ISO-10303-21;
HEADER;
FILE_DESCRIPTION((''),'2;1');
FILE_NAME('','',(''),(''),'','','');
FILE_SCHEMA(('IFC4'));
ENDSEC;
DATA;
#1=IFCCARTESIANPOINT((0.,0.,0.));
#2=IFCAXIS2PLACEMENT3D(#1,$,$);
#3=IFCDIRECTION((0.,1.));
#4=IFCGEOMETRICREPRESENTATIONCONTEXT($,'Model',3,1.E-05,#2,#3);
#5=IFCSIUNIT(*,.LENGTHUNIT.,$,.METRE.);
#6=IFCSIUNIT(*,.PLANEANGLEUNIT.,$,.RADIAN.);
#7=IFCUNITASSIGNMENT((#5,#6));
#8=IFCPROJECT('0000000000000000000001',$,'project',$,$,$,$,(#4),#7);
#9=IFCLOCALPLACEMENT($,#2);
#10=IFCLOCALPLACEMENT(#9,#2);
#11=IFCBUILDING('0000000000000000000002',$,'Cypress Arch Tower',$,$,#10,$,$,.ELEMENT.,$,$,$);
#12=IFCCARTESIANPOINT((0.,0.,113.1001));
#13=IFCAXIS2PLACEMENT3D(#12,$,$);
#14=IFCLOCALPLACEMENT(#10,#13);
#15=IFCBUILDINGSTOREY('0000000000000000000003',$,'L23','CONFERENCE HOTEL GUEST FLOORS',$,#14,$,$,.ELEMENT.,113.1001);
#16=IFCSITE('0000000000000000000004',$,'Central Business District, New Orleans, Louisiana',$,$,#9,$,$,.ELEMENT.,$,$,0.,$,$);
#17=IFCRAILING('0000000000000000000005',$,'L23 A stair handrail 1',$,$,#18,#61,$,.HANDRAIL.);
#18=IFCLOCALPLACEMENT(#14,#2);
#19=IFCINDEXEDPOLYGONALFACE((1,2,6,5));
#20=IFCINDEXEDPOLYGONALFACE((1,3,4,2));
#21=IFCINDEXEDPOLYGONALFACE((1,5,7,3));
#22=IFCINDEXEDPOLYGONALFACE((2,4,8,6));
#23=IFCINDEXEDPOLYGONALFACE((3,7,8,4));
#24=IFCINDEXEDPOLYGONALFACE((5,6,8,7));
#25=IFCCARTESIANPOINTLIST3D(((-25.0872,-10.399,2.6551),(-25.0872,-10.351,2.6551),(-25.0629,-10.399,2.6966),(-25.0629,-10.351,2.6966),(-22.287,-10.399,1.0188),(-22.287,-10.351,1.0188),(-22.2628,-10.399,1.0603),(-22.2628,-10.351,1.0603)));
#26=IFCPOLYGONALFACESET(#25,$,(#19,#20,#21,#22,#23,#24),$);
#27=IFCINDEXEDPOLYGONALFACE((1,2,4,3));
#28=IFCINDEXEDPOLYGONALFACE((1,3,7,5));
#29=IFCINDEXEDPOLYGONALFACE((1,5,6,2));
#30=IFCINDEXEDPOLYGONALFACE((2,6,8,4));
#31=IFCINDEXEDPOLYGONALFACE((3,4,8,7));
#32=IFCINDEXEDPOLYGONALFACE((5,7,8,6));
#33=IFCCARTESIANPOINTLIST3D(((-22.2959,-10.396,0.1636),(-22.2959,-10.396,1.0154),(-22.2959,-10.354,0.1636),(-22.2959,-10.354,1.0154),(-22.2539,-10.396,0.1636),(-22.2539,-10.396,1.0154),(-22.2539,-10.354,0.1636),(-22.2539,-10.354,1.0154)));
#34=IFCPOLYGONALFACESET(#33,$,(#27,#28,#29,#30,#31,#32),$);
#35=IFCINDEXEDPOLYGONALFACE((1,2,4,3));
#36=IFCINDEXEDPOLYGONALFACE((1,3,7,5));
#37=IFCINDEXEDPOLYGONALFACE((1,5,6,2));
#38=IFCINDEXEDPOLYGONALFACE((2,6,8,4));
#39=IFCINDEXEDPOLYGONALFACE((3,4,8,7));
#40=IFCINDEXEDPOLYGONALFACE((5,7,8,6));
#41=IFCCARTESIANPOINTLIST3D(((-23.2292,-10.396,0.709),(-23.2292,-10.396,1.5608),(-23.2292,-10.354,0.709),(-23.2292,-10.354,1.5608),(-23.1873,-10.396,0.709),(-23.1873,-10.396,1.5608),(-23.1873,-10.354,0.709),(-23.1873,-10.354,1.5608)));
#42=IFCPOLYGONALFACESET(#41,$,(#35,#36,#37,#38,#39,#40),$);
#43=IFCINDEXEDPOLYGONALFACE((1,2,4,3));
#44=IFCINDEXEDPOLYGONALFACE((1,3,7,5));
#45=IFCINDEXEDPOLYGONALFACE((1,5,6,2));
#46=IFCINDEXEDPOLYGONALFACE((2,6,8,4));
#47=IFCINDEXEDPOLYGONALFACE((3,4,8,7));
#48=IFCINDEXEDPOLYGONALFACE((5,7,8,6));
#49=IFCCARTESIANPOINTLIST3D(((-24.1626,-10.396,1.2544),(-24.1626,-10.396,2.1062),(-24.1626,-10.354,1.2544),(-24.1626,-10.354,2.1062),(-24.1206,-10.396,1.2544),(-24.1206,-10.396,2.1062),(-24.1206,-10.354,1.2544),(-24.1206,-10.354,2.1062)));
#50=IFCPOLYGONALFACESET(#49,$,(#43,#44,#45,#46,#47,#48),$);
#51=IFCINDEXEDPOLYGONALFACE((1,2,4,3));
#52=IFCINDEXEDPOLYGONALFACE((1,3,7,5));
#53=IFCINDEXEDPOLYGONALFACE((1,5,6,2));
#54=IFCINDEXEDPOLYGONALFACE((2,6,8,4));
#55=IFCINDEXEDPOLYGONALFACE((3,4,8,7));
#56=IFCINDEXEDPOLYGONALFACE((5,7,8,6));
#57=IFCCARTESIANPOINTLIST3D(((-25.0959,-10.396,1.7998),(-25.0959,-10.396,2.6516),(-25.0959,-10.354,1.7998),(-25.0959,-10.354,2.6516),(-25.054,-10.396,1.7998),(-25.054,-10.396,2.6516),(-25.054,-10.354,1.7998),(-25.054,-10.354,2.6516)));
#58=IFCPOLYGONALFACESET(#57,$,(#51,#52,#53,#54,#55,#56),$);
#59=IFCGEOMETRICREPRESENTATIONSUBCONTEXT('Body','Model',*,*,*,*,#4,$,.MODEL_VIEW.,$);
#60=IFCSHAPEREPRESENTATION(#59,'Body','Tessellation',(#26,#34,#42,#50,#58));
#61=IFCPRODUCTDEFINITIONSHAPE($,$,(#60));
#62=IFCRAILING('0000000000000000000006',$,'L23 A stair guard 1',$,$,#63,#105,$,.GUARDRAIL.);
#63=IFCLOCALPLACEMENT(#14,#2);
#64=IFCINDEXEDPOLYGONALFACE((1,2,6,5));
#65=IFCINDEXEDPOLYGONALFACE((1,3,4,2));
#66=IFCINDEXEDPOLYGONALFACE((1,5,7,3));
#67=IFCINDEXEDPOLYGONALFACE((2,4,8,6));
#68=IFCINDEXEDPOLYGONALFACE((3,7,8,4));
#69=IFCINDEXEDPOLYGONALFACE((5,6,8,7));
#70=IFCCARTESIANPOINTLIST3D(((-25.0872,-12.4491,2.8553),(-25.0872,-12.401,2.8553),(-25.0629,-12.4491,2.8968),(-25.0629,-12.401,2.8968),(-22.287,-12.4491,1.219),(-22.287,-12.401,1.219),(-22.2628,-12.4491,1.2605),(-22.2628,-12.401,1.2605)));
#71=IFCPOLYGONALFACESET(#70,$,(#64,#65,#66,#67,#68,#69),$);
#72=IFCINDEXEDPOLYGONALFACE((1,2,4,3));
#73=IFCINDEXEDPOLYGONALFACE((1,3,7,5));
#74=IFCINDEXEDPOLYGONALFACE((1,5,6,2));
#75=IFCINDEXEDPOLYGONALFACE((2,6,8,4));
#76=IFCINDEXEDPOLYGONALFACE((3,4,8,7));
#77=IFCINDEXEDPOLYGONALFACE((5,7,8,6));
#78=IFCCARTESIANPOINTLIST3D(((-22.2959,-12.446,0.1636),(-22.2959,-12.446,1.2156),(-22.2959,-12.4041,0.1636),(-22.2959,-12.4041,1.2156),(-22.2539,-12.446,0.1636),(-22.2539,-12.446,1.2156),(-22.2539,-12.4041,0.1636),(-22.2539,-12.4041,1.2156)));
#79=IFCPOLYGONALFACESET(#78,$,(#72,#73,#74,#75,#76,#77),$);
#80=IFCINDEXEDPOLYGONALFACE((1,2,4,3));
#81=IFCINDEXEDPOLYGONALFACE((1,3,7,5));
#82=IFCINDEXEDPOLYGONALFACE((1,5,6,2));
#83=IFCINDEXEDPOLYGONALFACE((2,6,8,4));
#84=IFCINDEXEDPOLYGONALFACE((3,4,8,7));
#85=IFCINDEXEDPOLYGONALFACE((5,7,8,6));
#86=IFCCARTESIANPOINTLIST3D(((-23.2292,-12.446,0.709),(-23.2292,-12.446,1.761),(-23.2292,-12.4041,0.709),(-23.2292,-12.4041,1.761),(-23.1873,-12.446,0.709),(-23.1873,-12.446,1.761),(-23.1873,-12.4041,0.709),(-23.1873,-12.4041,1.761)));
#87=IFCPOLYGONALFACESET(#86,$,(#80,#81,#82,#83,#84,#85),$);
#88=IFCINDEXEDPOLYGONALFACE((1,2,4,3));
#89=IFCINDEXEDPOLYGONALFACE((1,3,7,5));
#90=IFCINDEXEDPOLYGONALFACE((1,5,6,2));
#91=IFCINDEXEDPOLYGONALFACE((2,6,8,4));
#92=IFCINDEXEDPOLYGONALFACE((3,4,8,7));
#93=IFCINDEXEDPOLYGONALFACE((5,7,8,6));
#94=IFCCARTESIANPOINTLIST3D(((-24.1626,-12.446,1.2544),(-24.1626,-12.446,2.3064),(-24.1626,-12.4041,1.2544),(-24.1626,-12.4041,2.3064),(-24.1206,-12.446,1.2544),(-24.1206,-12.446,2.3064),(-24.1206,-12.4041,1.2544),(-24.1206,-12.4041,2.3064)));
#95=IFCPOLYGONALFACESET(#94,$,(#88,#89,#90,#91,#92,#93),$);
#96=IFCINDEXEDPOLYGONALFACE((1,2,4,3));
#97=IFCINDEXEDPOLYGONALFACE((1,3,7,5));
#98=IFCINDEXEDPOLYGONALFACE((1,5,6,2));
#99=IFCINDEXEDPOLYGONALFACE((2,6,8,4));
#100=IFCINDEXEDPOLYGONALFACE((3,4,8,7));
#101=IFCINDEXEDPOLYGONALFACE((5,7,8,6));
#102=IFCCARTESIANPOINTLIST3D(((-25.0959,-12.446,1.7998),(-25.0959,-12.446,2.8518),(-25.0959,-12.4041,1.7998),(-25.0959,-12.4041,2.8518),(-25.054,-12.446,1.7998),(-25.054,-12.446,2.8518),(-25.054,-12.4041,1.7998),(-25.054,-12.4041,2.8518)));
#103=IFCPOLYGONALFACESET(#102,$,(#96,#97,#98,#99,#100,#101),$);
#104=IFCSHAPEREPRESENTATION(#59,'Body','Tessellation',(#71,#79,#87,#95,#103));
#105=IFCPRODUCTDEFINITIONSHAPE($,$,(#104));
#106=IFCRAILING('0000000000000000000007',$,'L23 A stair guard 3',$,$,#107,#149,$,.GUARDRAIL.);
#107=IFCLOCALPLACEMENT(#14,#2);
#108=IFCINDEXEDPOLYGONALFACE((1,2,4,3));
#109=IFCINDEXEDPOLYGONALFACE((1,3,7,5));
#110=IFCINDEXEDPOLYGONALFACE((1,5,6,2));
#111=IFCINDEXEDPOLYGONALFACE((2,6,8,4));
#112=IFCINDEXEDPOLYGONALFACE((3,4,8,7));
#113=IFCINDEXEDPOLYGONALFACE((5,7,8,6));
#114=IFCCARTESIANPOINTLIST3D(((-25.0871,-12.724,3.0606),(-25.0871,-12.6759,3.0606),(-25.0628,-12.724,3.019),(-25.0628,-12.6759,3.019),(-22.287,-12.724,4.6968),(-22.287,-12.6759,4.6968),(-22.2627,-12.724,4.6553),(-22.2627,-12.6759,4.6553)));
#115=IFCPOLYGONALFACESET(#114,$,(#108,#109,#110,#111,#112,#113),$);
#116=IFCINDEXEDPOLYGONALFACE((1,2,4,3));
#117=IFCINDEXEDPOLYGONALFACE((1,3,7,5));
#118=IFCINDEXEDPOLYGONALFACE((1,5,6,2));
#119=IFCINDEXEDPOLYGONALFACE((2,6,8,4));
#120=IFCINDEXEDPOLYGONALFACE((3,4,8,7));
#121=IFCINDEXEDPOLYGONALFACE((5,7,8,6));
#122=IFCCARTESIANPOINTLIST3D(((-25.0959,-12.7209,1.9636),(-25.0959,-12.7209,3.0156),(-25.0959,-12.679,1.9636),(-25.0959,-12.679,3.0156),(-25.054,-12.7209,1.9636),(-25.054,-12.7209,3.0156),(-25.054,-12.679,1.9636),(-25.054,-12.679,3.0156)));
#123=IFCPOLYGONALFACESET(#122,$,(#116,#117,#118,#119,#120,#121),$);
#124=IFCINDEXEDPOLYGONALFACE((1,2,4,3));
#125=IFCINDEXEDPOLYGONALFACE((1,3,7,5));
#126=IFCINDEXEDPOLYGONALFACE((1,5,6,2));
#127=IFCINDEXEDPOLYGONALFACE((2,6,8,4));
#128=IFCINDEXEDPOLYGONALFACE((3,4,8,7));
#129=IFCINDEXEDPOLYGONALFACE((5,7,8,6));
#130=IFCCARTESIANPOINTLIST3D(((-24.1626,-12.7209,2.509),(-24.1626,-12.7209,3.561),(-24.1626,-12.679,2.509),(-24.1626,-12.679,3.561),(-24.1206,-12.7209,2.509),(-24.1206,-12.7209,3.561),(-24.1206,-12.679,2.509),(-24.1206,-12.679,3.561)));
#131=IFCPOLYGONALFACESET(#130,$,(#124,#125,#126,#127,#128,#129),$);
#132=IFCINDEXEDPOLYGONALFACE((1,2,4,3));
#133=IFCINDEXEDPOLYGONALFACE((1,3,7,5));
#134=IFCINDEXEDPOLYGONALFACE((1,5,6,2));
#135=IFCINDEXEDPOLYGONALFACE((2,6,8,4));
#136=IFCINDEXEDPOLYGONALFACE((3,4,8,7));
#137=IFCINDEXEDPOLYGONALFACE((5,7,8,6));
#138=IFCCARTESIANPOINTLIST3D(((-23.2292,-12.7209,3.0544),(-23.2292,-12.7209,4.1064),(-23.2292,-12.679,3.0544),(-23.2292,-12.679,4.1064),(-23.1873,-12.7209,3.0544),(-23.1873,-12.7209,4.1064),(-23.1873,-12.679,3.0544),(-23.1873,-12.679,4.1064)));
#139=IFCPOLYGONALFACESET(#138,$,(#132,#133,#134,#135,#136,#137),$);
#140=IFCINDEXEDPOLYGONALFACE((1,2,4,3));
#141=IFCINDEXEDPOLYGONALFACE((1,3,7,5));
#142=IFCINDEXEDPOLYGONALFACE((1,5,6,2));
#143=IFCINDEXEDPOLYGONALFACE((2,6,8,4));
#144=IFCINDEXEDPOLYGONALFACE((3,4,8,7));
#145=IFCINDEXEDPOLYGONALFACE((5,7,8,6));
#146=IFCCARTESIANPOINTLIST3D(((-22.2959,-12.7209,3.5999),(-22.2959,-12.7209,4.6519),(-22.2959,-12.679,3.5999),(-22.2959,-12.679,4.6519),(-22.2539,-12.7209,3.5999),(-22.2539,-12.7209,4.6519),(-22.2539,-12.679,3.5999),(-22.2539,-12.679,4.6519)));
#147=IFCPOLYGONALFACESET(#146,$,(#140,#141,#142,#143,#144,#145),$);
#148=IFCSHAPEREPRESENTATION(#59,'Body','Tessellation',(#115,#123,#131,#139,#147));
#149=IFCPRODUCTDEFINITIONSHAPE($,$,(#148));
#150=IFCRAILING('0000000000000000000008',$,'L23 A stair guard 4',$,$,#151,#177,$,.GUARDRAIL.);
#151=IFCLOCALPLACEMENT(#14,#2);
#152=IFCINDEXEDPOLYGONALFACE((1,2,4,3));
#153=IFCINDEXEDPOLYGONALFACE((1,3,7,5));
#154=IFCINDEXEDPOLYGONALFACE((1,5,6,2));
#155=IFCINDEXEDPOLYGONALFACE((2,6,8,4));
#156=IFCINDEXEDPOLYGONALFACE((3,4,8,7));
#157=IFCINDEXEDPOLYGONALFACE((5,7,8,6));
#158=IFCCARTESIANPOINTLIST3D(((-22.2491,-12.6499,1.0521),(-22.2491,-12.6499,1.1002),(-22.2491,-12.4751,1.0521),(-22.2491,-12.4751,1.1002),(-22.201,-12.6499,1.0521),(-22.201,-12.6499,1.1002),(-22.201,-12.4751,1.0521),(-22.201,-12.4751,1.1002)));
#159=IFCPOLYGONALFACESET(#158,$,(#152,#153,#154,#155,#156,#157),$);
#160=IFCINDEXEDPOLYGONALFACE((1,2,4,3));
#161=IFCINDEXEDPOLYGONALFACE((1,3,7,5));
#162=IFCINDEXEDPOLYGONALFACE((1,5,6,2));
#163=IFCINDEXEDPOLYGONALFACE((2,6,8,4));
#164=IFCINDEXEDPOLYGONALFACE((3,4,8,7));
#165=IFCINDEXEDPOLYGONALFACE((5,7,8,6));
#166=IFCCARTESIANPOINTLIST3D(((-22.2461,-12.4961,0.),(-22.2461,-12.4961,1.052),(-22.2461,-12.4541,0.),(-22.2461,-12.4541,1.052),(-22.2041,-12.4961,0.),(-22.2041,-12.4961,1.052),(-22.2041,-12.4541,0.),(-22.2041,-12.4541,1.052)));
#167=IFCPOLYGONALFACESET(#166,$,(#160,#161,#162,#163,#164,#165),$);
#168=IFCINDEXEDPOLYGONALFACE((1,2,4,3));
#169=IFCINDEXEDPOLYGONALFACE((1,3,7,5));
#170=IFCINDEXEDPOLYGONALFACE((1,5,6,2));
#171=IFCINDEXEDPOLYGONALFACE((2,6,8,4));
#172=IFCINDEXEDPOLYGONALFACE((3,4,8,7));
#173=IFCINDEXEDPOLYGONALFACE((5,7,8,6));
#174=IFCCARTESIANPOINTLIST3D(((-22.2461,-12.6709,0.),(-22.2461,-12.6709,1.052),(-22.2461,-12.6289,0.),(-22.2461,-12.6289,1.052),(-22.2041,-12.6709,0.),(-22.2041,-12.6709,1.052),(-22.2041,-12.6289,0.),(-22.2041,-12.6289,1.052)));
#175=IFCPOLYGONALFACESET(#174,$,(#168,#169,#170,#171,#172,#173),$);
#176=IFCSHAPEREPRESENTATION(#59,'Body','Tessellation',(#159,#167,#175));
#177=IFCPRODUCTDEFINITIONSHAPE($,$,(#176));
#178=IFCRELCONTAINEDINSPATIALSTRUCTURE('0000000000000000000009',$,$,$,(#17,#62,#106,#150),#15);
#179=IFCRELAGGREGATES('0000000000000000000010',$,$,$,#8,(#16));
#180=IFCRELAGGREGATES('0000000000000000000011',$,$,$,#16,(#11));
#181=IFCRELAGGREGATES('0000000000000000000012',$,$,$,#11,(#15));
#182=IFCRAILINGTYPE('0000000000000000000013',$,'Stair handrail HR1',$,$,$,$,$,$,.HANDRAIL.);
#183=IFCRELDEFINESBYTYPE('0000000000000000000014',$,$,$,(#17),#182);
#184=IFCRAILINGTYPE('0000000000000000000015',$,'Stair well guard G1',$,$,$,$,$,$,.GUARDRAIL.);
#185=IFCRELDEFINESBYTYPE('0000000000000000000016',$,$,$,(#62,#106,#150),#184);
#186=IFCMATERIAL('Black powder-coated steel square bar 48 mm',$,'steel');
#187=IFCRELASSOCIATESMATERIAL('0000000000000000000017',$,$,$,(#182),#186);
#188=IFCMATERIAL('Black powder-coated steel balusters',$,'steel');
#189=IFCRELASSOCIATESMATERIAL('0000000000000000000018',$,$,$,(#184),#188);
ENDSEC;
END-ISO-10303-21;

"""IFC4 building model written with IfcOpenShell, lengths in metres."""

from ifc_helpers import new_model, si_unit, direction, frame, origin, origin_2d, place, context, subcontext, project, spatial, rectangle, extrude, material, type_object, element, save


model = new_model("IFC4")

# Units and contexts
model_context = context("Model", 3, precision=1e-05, world=origin(), true_north=direction((0.0, 1.0)))
body_context = subcontext(model_context, "Body", "Model", "MODEL_VIEW")
ifc_project = project(units=[si_unit("LENGTHUNIT", "METRE"), si_unit("PLANEANGLEUNIT", "RADIAN")], contexts=[model_context])

# Site, building, storey
site_placement = place(None, origin())
site = spatial("IfcSite", under=ifc_project, at=site_placement, Name="Central Business District, New Orleans, Louisiana", CompositionType="ELEMENT", RefElevation=0.0)
building_placement = place(site_placement, origin())
building = spatial("IfcBuilding", under=site, at=building_placement, Name="Cypress Arch Tower", CompositionType="ELEMENT")
storey_placement = place(building_placement, frame((0.0, 0.0, 113.1001)))
storey = spatial("IfcBuildingStorey", under=building, at=storey_placement, Name="L23", Description="CONFERENCE HOTEL GUEST FLOORS", CompositionType="ELEMENT", Elevation=113.1001)

# Railings
ifc_material_1 = material(Name="Black powder-coated steel square bar 48 mm", Category="steel")
railing_type_1 = type_object("IfcRailingType", Name="Stair handrail HR1", PredefinedType="HANDRAIL", material=ifc_material_1)
railing_1_placement = place(storey_placement, frame((-22.2749, -10.375, 0.1636)))
element("IfcRailing", 1, at=railing_1_placement, inside=storey, type_object=railing_type_1, Name="L23 A stair handrail 1", PredefinedType="HANDRAIL", context=body_context, shape_type="SweptSolid", body=[
    extrude(rectangle(XDim=0.0481, YDim=0.0481, at=origin_2d()), frame((0.0, 0.0, 0.876), z_axis=(-0.863394, 0.0, 0.504531), x_axis=(0.0, -1.0, 0.0)), (0.0, 0.0, 1.0), 3.2432),
    extrude(rectangle(XDim=0.042, YDim=0.042, at=origin_2d()), origin(), (0.0, 0.0, 1.0), 0.8518),
    extrude(rectangle(XDim=0.042, YDim=0.042, at=origin_2d()), frame((-0.9333, 0.0, 0.5454)), (0.0, 0.0, 1.0), 0.8518),
    extrude(rectangle(XDim=0.042, YDim=0.042, at=origin_2d()), frame((-1.8667, 0.0, 1.0908)), (0.0, 0.0, 1.0), 0.8518),
    extrude(rectangle(XDim=0.042, YDim=0.042, at=origin_2d()), frame((-2.8, 0.0, 1.6362)), (0.0, 0.0, 1.0), 0.8518),
])
ifc_material_2 = material(Name="Black powder-coated steel balusters", Category="steel")
railing_type_2 = type_object("IfcRailingType", Name="Stair well guard G1", PredefinedType="GUARDRAIL", material=ifc_material_2)
railing_2_placement = place(storey_placement, frame((-22.2749, -12.425, 0.1636)))
element("IfcRailing", 2, at=railing_2_placement, inside=storey, type_object=railing_type_2, Name="L23 A stair guard 1", PredefinedType="GUARDRAIL", context=body_context, shape_type="SweptSolid", body=[
    extrude(rectangle(XDim=0.0481, YDim=0.0481, at=origin_2d()), frame((0.0, 0.0, 1.0762), z_axis=(-0.863394, 0.0, 0.504531), x_axis=(0.0, -1.0, 0.0)), (0.0, 0.0, 1.0), 3.2432),
    extrude(rectangle(XDim=0.042, YDim=0.042, at=origin_2d()), origin(), (0.0, 0.0, 1.0), 1.052),
    extrude(rectangle(XDim=0.042, YDim=0.042, at=origin_2d()), frame((-0.9333, 0.0, 0.5454)), (0.0, 0.0, 1.0), 1.052),
    extrude(rectangle(XDim=0.042, YDim=0.042, at=origin_2d()), frame((-1.8667, 0.0, 1.0908)), (0.0, 0.0, 1.0), 1.052),
    extrude(rectangle(XDim=0.042, YDim=0.042, at=origin_2d()), frame((-2.8, 0.0, 1.6362)), (0.0, 0.0, 1.0), 1.052),
])
railing_3_placement = place(storey_placement, frame((-25.075, -12.7, 1.9636)))
element("IfcRailing", 3, at=railing_3_placement, inside=storey, type_object=railing_type_2, Name="L23 A stair guard 3", PredefinedType="GUARDRAIL", context=body_context, shape_type="SweptSolid", body=[
    extrude(rectangle(XDim=0.0481, YDim=0.0481, at=origin_2d()), frame((0.0, 0.0, 1.0762), z_axis=(0.863394, 0.0, 0.504531), x_axis=(0.0, 1.0, 0.0)), (0.0, 0.0, 1.0), 3.2432),
    extrude(rectangle(XDim=0.042, YDim=0.042, at=origin_2d()), origin(), (0.0, 0.0, 1.0), 1.052),
    extrude(rectangle(XDim=0.042, YDim=0.042, at=origin_2d()), frame((0.9333, 0.0, 0.5454)), (0.0, 0.0, 1.0), 1.052),
    extrude(rectangle(XDim=0.042, YDim=0.042, at=origin_2d()), frame((1.8667, 0.0, 1.0908)), (0.0, 0.0, 1.0), 1.052),
    extrude(rectangle(XDim=0.042, YDim=0.042, at=origin_2d()), frame((2.8, 0.0, 1.6362)), (0.0, 0.0, 1.0), 1.052),
])
railing_4_placement = place(storey_placement, frame((-22.2251, -12.4751, 0.0)))
element("IfcRailing", 4, at=railing_4_placement, inside=storey, type_object=railing_type_2, Name="L23 A stair guard 4", PredefinedType="GUARDRAIL", context=body_context, shape_type="SweptSolid", body=[
    extrude(rectangle(XDim=0.0481, YDim=0.0481, at=origin_2d()), frame((0.0, 0.0, 1.0762), z_axis=(0.0, -1.0, 0.0), x_axis=(1.0, 0.0, 0.0)), (0.0, 0.0, 1.0), 0.1748),
    extrude(rectangle(XDim=0.042, YDim=0.042, at=origin_2d()), origin(), (0.0, 0.0, 1.0), 1.052),
    extrude(rectangle(XDim=0.042, YDim=0.042, at=origin_2d()), frame((0.0, -0.1748, 0.0)), (0.0, 0.0, 1.0), 1.052),
])

save(model, "model.ifc")
